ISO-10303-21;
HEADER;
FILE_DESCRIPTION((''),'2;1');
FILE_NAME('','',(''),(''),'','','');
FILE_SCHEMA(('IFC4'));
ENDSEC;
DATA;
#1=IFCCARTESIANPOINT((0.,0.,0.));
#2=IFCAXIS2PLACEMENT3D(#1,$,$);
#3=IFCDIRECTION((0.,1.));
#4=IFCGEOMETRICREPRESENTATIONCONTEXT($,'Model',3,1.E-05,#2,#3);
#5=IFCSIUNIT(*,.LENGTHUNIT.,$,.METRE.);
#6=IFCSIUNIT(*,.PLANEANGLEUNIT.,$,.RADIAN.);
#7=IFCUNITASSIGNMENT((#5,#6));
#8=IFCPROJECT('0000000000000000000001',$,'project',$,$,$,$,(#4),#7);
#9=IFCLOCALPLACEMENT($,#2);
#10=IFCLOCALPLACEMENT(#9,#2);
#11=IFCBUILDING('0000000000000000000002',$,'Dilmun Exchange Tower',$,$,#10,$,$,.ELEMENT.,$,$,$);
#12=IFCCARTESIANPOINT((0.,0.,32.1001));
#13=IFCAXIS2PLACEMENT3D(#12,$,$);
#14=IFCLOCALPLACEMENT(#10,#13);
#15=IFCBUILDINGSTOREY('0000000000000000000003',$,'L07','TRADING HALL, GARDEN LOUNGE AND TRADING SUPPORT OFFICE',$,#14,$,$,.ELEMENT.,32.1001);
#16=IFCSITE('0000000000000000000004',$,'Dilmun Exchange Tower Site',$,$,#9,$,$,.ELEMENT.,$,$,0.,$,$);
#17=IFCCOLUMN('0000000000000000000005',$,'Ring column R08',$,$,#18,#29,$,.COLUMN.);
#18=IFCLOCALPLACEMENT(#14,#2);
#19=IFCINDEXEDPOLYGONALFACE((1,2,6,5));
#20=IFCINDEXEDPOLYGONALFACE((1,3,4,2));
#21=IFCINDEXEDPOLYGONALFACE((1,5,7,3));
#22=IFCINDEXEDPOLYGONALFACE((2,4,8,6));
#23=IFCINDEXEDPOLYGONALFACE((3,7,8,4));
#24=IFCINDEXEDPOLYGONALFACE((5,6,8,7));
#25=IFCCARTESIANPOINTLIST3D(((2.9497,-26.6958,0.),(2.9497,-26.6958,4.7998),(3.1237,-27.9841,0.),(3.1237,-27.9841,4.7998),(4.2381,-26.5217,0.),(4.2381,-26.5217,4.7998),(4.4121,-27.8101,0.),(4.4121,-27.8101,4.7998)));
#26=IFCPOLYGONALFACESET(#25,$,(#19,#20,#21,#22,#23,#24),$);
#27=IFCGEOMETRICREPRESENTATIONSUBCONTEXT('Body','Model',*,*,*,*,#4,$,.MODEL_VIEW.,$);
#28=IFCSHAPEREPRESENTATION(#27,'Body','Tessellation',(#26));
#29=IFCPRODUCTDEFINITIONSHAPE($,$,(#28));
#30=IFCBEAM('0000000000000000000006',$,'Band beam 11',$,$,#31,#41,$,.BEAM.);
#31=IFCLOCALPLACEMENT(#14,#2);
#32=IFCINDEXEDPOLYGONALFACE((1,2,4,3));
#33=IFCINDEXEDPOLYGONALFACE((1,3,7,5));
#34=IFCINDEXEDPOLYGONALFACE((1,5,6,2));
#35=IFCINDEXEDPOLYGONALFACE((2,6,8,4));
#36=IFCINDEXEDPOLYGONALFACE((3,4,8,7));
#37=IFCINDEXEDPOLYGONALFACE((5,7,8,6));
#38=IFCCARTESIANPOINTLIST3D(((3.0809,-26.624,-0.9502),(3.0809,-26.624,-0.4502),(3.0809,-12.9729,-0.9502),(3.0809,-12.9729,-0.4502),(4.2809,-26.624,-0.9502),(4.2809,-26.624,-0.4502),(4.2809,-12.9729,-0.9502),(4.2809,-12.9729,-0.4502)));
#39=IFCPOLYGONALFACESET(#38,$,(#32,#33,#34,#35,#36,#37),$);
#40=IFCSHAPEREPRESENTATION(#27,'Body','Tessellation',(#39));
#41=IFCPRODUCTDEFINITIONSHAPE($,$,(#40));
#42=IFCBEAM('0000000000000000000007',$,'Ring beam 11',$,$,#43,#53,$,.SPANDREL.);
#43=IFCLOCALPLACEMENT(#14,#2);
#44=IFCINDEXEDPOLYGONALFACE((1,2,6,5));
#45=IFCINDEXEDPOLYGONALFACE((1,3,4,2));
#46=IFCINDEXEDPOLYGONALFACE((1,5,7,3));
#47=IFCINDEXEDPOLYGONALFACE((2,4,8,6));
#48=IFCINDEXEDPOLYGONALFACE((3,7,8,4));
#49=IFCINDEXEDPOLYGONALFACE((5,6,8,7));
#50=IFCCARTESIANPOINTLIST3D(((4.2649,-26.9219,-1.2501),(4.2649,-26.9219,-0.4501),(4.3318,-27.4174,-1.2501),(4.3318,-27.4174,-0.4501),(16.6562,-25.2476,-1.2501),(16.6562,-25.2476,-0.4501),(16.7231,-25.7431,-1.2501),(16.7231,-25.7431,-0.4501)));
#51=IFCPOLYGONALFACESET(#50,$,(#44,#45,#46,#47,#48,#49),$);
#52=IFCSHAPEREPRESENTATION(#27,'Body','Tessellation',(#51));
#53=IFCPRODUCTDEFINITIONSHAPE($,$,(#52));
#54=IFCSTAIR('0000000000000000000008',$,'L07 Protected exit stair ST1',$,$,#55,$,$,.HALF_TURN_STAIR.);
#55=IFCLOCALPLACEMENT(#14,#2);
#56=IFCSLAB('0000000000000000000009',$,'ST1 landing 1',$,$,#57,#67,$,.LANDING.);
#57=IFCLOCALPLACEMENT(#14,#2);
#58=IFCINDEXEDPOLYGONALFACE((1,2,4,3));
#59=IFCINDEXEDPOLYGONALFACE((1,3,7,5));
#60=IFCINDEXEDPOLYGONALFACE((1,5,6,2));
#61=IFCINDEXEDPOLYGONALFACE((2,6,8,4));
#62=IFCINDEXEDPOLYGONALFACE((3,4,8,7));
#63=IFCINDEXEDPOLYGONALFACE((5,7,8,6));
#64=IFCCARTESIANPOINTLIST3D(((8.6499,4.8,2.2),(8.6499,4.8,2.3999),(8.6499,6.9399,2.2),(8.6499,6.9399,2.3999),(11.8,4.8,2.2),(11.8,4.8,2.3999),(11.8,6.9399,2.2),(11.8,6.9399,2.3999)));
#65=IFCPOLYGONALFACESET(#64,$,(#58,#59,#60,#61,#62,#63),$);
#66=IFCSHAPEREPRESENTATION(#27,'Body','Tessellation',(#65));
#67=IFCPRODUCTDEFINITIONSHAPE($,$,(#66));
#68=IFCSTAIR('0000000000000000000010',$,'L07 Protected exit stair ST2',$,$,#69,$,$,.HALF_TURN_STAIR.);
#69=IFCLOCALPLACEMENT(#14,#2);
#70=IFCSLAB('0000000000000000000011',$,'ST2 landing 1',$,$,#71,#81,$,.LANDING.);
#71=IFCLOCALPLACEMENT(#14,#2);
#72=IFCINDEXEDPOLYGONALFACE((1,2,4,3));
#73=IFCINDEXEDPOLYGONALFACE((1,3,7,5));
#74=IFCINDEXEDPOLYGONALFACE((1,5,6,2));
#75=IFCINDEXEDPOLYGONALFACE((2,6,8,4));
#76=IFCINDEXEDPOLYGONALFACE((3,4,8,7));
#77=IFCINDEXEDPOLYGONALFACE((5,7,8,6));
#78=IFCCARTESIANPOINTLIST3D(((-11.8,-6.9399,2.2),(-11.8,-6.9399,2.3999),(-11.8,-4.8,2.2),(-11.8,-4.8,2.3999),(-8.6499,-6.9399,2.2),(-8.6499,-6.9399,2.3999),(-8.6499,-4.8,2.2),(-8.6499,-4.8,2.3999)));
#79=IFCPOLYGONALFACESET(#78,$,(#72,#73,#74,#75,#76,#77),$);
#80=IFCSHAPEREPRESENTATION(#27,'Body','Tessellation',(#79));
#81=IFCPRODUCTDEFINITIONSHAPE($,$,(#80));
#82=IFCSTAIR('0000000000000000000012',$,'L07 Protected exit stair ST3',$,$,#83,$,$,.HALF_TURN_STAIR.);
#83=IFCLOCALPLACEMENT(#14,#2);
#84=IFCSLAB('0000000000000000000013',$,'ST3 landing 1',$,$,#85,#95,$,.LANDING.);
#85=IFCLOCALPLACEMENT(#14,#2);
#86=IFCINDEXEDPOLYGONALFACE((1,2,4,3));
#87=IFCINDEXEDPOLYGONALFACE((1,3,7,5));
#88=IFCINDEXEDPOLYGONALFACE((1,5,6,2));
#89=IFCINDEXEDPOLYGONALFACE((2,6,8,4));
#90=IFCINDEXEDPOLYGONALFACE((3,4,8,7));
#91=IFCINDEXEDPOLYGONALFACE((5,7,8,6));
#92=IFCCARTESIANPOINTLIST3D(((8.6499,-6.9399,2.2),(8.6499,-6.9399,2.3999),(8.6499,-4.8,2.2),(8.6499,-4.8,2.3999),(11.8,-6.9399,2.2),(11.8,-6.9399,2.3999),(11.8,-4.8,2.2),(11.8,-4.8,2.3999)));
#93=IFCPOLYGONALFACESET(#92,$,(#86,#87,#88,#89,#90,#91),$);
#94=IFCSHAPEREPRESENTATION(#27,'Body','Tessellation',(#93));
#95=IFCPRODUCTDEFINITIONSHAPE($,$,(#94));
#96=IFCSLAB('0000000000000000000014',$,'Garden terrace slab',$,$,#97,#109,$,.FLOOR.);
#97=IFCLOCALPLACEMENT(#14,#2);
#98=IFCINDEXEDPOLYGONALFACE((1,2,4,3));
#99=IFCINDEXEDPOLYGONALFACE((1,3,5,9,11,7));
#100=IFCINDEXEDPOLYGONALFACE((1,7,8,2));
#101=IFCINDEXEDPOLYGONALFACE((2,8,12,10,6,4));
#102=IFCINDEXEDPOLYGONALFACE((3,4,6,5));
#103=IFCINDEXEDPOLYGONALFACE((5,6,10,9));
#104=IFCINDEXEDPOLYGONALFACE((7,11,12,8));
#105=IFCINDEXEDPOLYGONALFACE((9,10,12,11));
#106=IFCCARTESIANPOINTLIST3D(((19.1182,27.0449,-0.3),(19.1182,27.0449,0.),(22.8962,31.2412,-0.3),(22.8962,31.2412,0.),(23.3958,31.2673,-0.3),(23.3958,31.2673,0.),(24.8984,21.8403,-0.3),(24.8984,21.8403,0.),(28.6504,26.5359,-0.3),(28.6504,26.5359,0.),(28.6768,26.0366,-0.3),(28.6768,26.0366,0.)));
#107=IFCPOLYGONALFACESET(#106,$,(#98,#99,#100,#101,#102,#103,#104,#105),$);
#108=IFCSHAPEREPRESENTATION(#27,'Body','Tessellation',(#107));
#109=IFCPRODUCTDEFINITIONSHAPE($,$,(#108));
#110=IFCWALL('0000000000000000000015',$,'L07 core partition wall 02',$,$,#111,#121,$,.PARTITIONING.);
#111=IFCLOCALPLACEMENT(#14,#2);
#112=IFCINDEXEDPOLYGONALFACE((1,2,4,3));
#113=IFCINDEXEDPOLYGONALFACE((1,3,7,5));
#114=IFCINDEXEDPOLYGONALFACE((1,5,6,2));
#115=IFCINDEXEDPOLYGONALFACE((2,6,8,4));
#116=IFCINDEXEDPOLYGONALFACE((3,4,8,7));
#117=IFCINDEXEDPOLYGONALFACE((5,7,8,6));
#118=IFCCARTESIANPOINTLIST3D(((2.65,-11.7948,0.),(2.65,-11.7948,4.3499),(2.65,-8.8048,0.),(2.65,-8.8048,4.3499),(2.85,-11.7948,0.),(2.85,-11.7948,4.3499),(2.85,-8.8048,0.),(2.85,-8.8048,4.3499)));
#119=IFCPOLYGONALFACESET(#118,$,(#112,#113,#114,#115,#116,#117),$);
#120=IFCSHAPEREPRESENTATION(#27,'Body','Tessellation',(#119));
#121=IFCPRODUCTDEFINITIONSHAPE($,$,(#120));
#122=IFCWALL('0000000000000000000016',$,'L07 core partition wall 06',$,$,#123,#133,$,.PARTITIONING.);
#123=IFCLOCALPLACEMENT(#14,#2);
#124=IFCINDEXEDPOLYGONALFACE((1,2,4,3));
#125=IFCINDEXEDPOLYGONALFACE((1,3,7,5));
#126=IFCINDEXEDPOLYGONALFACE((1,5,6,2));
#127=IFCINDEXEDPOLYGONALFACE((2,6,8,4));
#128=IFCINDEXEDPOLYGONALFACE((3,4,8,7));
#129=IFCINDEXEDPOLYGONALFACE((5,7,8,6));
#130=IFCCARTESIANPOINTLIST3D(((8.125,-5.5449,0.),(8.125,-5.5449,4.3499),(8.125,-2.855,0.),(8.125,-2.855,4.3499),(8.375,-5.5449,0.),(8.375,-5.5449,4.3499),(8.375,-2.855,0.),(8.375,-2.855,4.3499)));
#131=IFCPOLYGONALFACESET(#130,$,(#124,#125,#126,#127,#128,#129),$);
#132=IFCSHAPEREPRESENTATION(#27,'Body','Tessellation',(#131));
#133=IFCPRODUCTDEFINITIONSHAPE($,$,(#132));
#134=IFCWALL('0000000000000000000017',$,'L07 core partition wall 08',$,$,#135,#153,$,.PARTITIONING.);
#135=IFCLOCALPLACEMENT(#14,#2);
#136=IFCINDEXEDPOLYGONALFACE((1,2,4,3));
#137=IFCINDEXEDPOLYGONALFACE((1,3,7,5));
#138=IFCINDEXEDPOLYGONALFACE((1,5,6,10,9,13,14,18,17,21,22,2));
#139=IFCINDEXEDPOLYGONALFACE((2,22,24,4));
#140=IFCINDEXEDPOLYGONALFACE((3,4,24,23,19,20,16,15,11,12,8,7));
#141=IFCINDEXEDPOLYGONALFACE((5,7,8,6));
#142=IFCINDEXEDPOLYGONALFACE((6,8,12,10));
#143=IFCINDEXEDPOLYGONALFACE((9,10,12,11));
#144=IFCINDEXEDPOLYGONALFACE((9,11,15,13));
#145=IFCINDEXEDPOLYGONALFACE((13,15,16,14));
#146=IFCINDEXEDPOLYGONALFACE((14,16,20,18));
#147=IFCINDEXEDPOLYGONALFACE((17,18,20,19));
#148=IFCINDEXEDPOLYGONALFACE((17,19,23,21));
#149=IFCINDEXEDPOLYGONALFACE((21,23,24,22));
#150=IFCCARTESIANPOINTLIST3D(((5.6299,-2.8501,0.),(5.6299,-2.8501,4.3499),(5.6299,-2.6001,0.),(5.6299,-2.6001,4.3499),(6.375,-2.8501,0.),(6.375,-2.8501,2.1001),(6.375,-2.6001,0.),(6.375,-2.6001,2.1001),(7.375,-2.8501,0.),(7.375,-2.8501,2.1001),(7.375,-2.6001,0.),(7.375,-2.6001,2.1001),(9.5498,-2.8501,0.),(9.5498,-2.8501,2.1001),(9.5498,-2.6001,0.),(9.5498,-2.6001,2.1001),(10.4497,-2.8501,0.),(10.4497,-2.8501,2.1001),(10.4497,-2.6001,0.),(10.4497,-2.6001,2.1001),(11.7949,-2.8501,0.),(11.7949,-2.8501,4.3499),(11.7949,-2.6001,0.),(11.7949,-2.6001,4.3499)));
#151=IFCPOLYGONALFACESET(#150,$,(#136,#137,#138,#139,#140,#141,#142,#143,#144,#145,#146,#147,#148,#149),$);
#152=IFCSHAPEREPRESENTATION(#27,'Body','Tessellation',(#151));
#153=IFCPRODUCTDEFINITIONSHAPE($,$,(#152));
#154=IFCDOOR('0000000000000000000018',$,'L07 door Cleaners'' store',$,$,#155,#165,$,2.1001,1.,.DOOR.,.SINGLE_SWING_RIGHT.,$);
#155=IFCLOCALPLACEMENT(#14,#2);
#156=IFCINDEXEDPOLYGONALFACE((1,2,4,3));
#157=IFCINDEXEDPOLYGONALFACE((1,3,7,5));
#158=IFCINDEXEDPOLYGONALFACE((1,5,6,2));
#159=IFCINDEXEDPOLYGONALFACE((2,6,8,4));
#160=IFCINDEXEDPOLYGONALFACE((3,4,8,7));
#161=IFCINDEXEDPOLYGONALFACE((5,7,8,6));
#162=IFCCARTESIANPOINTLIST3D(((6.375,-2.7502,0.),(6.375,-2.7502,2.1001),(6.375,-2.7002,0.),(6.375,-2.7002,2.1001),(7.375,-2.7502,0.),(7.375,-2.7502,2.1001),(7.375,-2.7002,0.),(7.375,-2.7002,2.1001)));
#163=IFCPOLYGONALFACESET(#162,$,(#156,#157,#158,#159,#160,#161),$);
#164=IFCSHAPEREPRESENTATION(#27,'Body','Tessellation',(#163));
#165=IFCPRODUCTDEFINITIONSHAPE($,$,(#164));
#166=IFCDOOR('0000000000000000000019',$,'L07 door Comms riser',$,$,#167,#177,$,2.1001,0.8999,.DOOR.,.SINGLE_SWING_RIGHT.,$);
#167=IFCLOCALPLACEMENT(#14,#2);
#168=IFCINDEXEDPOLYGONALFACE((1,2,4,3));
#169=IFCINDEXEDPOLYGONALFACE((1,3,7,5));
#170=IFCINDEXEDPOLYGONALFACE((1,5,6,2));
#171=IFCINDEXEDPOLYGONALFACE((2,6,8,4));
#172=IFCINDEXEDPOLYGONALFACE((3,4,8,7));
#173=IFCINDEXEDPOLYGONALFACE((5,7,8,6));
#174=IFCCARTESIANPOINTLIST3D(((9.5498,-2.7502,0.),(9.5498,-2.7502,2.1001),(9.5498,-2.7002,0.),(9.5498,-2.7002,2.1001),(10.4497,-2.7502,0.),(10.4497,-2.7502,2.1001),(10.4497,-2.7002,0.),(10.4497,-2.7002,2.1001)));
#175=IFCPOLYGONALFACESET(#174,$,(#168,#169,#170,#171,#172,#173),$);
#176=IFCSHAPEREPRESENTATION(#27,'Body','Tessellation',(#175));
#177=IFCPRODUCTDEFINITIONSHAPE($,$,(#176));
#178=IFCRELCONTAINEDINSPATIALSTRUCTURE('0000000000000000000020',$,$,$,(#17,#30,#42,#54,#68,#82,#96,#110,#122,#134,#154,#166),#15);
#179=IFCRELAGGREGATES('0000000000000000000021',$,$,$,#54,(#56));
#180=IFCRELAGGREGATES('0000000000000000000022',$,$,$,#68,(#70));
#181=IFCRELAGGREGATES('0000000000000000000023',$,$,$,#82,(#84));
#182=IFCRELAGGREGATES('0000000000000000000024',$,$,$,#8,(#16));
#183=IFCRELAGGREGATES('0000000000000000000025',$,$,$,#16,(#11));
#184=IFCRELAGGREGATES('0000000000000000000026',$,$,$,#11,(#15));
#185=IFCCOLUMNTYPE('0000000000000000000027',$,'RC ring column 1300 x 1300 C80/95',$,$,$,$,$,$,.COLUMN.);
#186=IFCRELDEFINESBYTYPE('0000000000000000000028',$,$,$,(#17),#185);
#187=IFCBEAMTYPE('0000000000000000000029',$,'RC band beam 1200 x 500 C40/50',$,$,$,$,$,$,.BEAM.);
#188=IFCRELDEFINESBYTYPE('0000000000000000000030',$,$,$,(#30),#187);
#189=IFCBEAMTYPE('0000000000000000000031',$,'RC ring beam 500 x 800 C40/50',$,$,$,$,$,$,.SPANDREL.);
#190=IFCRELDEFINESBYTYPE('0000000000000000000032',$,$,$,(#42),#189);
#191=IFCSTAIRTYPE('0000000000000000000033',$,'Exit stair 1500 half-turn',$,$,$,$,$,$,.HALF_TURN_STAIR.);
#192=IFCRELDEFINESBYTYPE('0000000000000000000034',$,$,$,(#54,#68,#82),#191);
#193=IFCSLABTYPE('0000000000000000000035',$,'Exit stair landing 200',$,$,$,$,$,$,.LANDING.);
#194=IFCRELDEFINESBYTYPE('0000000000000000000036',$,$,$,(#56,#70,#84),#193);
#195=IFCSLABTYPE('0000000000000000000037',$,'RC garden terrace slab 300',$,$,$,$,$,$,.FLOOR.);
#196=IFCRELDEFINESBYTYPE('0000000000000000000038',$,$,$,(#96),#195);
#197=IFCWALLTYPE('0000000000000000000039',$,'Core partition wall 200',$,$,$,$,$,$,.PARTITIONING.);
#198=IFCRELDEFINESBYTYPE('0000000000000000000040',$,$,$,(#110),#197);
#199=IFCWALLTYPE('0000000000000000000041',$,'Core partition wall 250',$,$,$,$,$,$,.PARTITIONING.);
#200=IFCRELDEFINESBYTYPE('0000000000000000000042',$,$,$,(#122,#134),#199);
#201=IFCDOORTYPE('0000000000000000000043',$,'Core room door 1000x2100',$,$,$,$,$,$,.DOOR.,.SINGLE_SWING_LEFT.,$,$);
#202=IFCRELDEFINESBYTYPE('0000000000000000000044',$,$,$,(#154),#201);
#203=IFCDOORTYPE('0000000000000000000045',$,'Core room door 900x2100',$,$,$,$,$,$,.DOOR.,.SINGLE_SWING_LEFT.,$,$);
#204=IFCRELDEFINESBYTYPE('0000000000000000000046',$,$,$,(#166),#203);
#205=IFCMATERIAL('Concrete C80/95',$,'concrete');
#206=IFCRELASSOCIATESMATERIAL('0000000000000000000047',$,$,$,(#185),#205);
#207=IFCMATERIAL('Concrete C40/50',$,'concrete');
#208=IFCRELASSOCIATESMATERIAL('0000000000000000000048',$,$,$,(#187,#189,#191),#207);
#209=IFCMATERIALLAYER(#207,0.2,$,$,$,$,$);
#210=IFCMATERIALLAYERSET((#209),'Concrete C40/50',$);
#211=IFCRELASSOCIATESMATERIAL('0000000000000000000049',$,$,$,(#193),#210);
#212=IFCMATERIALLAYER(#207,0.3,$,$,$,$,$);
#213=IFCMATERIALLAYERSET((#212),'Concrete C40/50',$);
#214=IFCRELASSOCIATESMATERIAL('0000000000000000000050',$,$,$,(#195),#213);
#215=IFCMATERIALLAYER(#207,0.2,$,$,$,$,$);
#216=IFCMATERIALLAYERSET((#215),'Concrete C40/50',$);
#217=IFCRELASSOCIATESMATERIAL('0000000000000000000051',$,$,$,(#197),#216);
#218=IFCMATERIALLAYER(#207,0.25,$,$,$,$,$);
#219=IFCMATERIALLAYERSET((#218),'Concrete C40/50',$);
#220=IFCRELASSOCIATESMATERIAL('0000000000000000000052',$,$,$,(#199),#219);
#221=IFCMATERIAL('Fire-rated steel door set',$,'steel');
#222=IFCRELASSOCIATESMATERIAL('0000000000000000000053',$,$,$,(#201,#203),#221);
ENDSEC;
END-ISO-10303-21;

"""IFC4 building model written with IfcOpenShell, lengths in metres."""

from ifc_helpers import new_model, si_unit, direction, frame, frame_2d, origin, origin_2d, place, context, subcontext, project, spatial, polyline, rectangle, outline, extrude, material, layer, layer_set, material_profile, profile_set, type_object, element, fill, aggregate, save


model = new_model("IFC4")

# Units and contexts
model_context = context("Model", 3, precision=1e-05, world=origin(), true_north=direction((0.0, 1.0)))
body_context = subcontext(model_context, "Body", "Model", "MODEL_VIEW")
ifc_project = project(units=[si_unit("LENGTHUNIT", "METRE"), si_unit("PLANEANGLEUNIT", "RADIAN")], contexts=[model_context])

# Site, building, storey
site_placement = place(None, origin())
site = spatial("IfcSite", under=ifc_project, at=site_placement, Name="Dilmun Exchange Tower Site", CompositionType="ELEMENT", RefElevation=0.0)
building_placement = place(site_placement, origin())
building = spatial("IfcBuilding", under=site, at=building_placement, Name="Dilmun Exchange Tower", CompositionType="ELEMENT")
storey_placement = place(building_placement, frame((0.0, 0.0, 32.1001)))
storey = spatial("IfcBuildingStorey", under=building, at=storey_placement, Name="L07", Description="TRADING HALL, GARDEN LOUNGE AND TRADING SUPPORT OFFICE", CompositionType="ELEMENT", Elevation=32.1001)

# Column
ifc_material_1 = material(Name="Concrete C80/95", Category="concrete")
ifc_material_profile_1 = material_profile(ifc_material_1, rectangle(XDim=1.3, YDim=1.3, at=origin_2d()), Name="1300 x 1300")
ifc_profile_set_1 = profile_set([ifc_material_profile_1], Name="Concrete C80/95")
column_type = type_object("IfcColumnType", Name="RC ring column 1300 x 1300 C80/95", PredefinedType="COLUMN", material=ifc_profile_set_1)
column_placement = place(storey_placement, frame((3.6809, -27.2529, 0.0), z_axis=(0.0, 0.0, 1.0), x_axis=(0.991001, 0.133853, 0.0)))
element("IfcColumn", 1, at=column_placement, inside=storey, type_object=column_type, Name="Ring column R08", PredefinedType="COLUMN", context=body_context, shape_type="SweptSolid", body=[
    extrude(rectangle(XDim=1.3, YDim=1.3, at=origin_2d()), origin(), (0.0, 0.0, 1.0), 4.7998),
])

# Beams
ifc_material_2 = material(Name="Concrete C40/50", Category="concrete")
ifc_material_profile_2 = material_profile(ifc_material_2, rectangle(XDim=1.2, YDim=0.5, at=origin_2d()), Name="1200 x 500")
ifc_profile_set_2 = profile_set([ifc_material_profile_2], Name="Concrete C40/50")
beam_type_1 = type_object("IfcBeamType", Name="RC band beam 1200 x 500 C40/50", PredefinedType="BEAM", material=ifc_profile_set_2)
beam_1_placement = place(storey_placement, frame((3.6809, -26.624, -0.7002), z_axis=(0.0, 1.0, 0.0), x_axis=(-1.0, 0.0, 0.0)))
element("IfcBeam", 2, at=beam_1_placement, inside=storey, type_object=beam_type_1, Name="Band beam 11", PredefinedType="BEAM", context=body_context, shape_type="SweptSolid", body=[
    extrude(rectangle(XDim=1.2, YDim=0.5, at=origin_2d()), origin(), (0.0, 0.0, 1.0), 13.6511),
])
ifc_material_profile_3 = material_profile(ifc_material_2, rectangle(XDim=0.5, YDim=0.8, at=origin_2d()), Name="500 x 800")
ifc_profile_set_3 = profile_set([ifc_material_profile_3], Name="Concrete C40/50")
beam_type_2 = type_object("IfcBeamType", Name="RC ring beam 500 x 800 C40/50", PredefinedType="SPANDREL", material=ifc_profile_set_3)
beam_2_placement = place(storey_placement, frame((4.2983, -27.1697, -0.8501), z_axis=(0.990994, 0.133903, 0.0), x_axis=(-0.133903, 0.990994, 0.0)))
element("IfcBeam", 3, at=beam_2_placement, inside=storey, type_object=beam_type_2, Name="Ring beam 11", PredefinedType="SPANDREL", context=body_context, shape_type="SweptSolid", body=[
    extrude(rectangle(XDim=0.5, YDim=0.8, at=origin_2d()), origin(), (0.0, 0.0, 1.0), 12.5039),
])

# Stairs, slabs
stair_type = type_object("IfcStairType", Name="Exit stair 1500 half-turn", PredefinedType="HALF_TURN_STAIR", material=ifc_material_2)
stair_1_placement = place(storey_placement, origin())
stair_1 = element("IfcStair", 4, at=stair_1_placement, inside=storey, type_object=stair_type, Name="L07 Protected exit stair ST1", PredefinedType="HALF_TURN_STAIR")
ifc_layer_1 = layer(ifc_material_2, 0.2)
ifc_layer_set_1 = layer_set([ifc_layer_1], Name="Concrete C40/50")
slab_type_1 = type_object("IfcSlabType", Name="Exit stair landing 200", PredefinedType="LANDING", material=ifc_layer_set_1)
slab_1_placement = place(storey_placement, frame((0.0, 0.0, 2.2)))
slab_1 = element("IfcSlab", 5, at=slab_1_placement, type_object=slab_type_1, Name="ST1 landing 1", PredefinedType="LANDING", context=body_context, shape_type="SweptSolid", body=[
    extrude(outline(polyline([(8.6499, 6.9399), (8.6499, 4.8), (11.8, 4.8), (11.8, 6.9399), (8.6499, 6.9399)])), origin(), (0.0, 0.0, 1.0), 0.2),
])
aggregate(stair_1, [slab_1])
stair_2_placement = place(storey_placement, origin())
stair_2 = element("IfcStair", 6, at=stair_2_placement, inside=storey, type_object=stair_type, Name="L07 Protected exit stair ST2", PredefinedType="HALF_TURN_STAIR")
slab_2_placement = place(storey_placement, frame((0.0, 0.0, 2.2)))
slab_2 = element("IfcSlab", 7, at=slab_2_placement, type_object=slab_type_1, Name="ST2 landing 1", PredefinedType="LANDING", context=body_context, shape_type="SweptSolid", body=[
    extrude(outline(polyline([(-8.6499, -6.9399), (-8.6499, -4.8), (-11.8, -4.8), (-11.8, -6.9399), (-8.6499, -6.9399)])), origin(), (0.0, 0.0, 1.0), 0.2),
])
aggregate(stair_2, [slab_2])
stair_3_placement = place(storey_placement, origin())
stair_3 = element("IfcStair", 8, at=stair_3_placement, inside=storey, type_object=stair_type, Name="L07 Protected exit stair ST3", PredefinedType="HALF_TURN_STAIR")
slab_3_placement = place(storey_placement, frame((0.0, 0.0, 2.2)))
slab_3 = element("IfcSlab", 9, at=slab_3_placement, type_object=slab_type_1, Name="ST3 landing 1", PredefinedType="LANDING", context=body_context, shape_type="SweptSolid", body=[
    extrude(outline(polyline([(11.8, -6.9399), (11.8, -4.8), (8.6499, -4.8), (8.6499, -6.9399), (11.8, -6.9399)])), origin(), (0.0, 0.0, 1.0), 0.2),
])
aggregate(stair_3, [slab_3])

# Slab
ifc_layer_2 = layer(ifc_material_2, 0.3)
ifc_layer_set_2 = layer_set([ifc_layer_2], Name="Concrete C40/50")
slab_type_2 = type_object("IfcSlabType", Name="RC garden terrace slab 300", PredefinedType="FLOOR", material=ifc_layer_set_2)
slab_4_placement = place(storey_placement, frame((0.0, 0.0, -0.3)))
element("IfcSlab", 10, at=slab_4_placement, inside=storey, type_object=slab_type_2, Name="Garden terrace slab", PredefinedType="FLOOR", context=body_context, shape_type="SweptSolid", body=[
    extrude(outline(polyline([(19.1182, 27.0449), (22.8962, 31.2412), (23.3958, 31.2673), (28.6504, 26.5359), (28.6768, 26.0366), (24.8984, 21.8403), (19.1182, 27.0449)])), origin(), (0.0, 0.0, 1.0), 0.3),
])

# Wall
ifc_layer_3 = layer(ifc_material_2, 0.2)
ifc_layer_set_3 = layer_set([ifc_layer_3], Name="Concrete C40/50")
wall_type_1 = type_object("IfcWallType", Name="Core partition wall 200", PredefinedType="PARTITIONING", material=ifc_layer_set_3)
wall_1_placement = place(storey_placement, frame((2.75, -11.7949, 0.0), z_axis=(0.0, 0.0, 1.0), x_axis=(0.0, 1.0, 0.0)))
element("IfcWall", 11, at=wall_1_placement, inside=storey, type_object=wall_type_1, Name="L07 core partition wall 02", PredefinedType="PARTITIONING", context=body_context, shape_type="SweptSolid", body=[
    extrude(rectangle(XDim=2.99, YDim=0.2, at=frame_2d((1.4951, 0.0))), origin(), (0.0, 0.0, 1.0), 4.3499),
])

# Shared definitions
ifc_material_3 = material(Name="Fire-rated steel door set", Category="steel")

# Wall
ifc_layer_4 = layer(ifc_material_2, 0.25)
ifc_layer_set_4 = layer_set([ifc_layer_4], Name="Concrete C40/50")
wall_type_2 = type_object("IfcWallType", Name="Core partition wall 250", PredefinedType="PARTITIONING", material=ifc_layer_set_4)
wall_2_placement = place(storey_placement, frame((8.25, -5.5449, 0.0), z_axis=(0.0, 0.0, 1.0), x_axis=(0.0, 1.0, 0.0)))
element("IfcWall", 12, at=wall_2_placement, inside=storey, type_object=wall_type_2, Name="L07 core partition wall 06", PredefinedType="PARTITIONING", context=body_context, shape_type="SweptSolid", body=[
    extrude(rectangle(XDim=2.6899, YDim=0.25, at=frame_2d((1.345, 0.0))), origin(), (0.0, 0.0, 1.0), 4.3499),
])

# Wall, openings, doors
wall_3_placement = place(storey_placement, frame((5.6299, -2.7251, 0.0), z_axis=(0.0, 0.0, 1.0), x_axis=(1.0, 0.0, 0.0)))
wall_3 = element("IfcWall", 13, at=wall_3_placement, inside=storey, type_object=wall_type_2, Name="L07 core partition wall 08", PredefinedType="PARTITIONING", context=body_context, shape_type="SweptSolid", body=[
    extrude(rectangle(XDim=6.165, YDim=0.25, at=frame_2d((3.0825, 0.0))), origin(), (0.0, 0.0, 1.0), 4.3499),
])
opening_1_placement = place(wall_3_placement, frame((0.7451, 0.0, 0.0)))
opening_1 = element("IfcOpeningElement", 14, at=opening_1_placement, cuts=wall_3, PredefinedType="OPENING", context=body_context, shape_type="SweptSolid", body=[
    extrude(rectangle(XDim=1.0, YDim=2.1001, at=frame_2d((0.5, 1.05))), frame((0.0, 0.135, 0.0), z_axis=(0.0, -1.0, 0.0), x_axis=(1.0, 0.0, 0.0)), (0.0, 0.0, 1.0), 0.27),
])
opening_2_placement = place(wall_3_placement, frame((3.9199, 0.0, 0.0)))
opening_2 = element("IfcOpeningElement", 15, at=opening_2_placement, cuts=wall_3, PredefinedType="OPENING", context=body_context, shape_type="SweptSolid", body=[
    extrude(rectangle(XDim=0.8999, YDim=2.1001, at=frame_2d((0.45, 1.05))), frame((0.0, 0.135, 0.0), z_axis=(0.0, -1.0, 0.0), x_axis=(1.0, 0.0, 0.0)), (0.0, 0.0, 1.0), 0.27),
])
door_type_1 = type_object("IfcDoorType", Name="Core room door 1000x2100", OperationType="SINGLE_SWING_LEFT", PredefinedType="DOOR", material=ifc_material_3)
door_1_placement = place(opening_1_placement, origin())
door_1 = element("IfcDoor", 16, at=door_1_placement, inside=storey, type_object=door_type_1, Name="L07 door Cleaners' store", OperationType="SINGLE_SWING_RIGHT", OverallHeight=2.1001, OverallWidth=1.0, PredefinedType="DOOR", context=body_context, shape_type="SweptSolid", body=[
    extrude(rectangle(XDim=1.0, YDim=2.1001, at=frame_2d((0.5, 1.05))), frame((0.0, 0.0249, 0.0), z_axis=(0.0, -1.0, 0.0), x_axis=(1.0, 0.0, 0.0)), (0.0, 0.0, 1.0), 0.05),
])
fill(opening_1, door_1)
door_type_2 = type_object("IfcDoorType", Name="Core room door 900x2100", OperationType="SINGLE_SWING_LEFT", PredefinedType="DOOR", material=ifc_material_3)
door_2_placement = place(opening_2_placement, origin())
door_2 = element("IfcDoor", 17, at=door_2_placement, inside=storey, type_object=door_type_2, Name="L07 door Comms riser", OperationType="SINGLE_SWING_RIGHT", OverallHeight=2.1001, OverallWidth=0.8999, PredefinedType="DOOR", context=body_context, shape_type="SweptSolid", body=[
    extrude(rectangle(XDim=0.8999, YDim=2.1001, at=frame_2d((0.45, 1.05))), frame((0.0, 0.0249, 0.0), z_axis=(0.0, -1.0, 0.0), x_axis=(1.0, 0.0, 0.0)), (0.0, 0.0, 1.0), 0.05),
])
fill(opening_2, door_2)

save(model, "model.ifc")
